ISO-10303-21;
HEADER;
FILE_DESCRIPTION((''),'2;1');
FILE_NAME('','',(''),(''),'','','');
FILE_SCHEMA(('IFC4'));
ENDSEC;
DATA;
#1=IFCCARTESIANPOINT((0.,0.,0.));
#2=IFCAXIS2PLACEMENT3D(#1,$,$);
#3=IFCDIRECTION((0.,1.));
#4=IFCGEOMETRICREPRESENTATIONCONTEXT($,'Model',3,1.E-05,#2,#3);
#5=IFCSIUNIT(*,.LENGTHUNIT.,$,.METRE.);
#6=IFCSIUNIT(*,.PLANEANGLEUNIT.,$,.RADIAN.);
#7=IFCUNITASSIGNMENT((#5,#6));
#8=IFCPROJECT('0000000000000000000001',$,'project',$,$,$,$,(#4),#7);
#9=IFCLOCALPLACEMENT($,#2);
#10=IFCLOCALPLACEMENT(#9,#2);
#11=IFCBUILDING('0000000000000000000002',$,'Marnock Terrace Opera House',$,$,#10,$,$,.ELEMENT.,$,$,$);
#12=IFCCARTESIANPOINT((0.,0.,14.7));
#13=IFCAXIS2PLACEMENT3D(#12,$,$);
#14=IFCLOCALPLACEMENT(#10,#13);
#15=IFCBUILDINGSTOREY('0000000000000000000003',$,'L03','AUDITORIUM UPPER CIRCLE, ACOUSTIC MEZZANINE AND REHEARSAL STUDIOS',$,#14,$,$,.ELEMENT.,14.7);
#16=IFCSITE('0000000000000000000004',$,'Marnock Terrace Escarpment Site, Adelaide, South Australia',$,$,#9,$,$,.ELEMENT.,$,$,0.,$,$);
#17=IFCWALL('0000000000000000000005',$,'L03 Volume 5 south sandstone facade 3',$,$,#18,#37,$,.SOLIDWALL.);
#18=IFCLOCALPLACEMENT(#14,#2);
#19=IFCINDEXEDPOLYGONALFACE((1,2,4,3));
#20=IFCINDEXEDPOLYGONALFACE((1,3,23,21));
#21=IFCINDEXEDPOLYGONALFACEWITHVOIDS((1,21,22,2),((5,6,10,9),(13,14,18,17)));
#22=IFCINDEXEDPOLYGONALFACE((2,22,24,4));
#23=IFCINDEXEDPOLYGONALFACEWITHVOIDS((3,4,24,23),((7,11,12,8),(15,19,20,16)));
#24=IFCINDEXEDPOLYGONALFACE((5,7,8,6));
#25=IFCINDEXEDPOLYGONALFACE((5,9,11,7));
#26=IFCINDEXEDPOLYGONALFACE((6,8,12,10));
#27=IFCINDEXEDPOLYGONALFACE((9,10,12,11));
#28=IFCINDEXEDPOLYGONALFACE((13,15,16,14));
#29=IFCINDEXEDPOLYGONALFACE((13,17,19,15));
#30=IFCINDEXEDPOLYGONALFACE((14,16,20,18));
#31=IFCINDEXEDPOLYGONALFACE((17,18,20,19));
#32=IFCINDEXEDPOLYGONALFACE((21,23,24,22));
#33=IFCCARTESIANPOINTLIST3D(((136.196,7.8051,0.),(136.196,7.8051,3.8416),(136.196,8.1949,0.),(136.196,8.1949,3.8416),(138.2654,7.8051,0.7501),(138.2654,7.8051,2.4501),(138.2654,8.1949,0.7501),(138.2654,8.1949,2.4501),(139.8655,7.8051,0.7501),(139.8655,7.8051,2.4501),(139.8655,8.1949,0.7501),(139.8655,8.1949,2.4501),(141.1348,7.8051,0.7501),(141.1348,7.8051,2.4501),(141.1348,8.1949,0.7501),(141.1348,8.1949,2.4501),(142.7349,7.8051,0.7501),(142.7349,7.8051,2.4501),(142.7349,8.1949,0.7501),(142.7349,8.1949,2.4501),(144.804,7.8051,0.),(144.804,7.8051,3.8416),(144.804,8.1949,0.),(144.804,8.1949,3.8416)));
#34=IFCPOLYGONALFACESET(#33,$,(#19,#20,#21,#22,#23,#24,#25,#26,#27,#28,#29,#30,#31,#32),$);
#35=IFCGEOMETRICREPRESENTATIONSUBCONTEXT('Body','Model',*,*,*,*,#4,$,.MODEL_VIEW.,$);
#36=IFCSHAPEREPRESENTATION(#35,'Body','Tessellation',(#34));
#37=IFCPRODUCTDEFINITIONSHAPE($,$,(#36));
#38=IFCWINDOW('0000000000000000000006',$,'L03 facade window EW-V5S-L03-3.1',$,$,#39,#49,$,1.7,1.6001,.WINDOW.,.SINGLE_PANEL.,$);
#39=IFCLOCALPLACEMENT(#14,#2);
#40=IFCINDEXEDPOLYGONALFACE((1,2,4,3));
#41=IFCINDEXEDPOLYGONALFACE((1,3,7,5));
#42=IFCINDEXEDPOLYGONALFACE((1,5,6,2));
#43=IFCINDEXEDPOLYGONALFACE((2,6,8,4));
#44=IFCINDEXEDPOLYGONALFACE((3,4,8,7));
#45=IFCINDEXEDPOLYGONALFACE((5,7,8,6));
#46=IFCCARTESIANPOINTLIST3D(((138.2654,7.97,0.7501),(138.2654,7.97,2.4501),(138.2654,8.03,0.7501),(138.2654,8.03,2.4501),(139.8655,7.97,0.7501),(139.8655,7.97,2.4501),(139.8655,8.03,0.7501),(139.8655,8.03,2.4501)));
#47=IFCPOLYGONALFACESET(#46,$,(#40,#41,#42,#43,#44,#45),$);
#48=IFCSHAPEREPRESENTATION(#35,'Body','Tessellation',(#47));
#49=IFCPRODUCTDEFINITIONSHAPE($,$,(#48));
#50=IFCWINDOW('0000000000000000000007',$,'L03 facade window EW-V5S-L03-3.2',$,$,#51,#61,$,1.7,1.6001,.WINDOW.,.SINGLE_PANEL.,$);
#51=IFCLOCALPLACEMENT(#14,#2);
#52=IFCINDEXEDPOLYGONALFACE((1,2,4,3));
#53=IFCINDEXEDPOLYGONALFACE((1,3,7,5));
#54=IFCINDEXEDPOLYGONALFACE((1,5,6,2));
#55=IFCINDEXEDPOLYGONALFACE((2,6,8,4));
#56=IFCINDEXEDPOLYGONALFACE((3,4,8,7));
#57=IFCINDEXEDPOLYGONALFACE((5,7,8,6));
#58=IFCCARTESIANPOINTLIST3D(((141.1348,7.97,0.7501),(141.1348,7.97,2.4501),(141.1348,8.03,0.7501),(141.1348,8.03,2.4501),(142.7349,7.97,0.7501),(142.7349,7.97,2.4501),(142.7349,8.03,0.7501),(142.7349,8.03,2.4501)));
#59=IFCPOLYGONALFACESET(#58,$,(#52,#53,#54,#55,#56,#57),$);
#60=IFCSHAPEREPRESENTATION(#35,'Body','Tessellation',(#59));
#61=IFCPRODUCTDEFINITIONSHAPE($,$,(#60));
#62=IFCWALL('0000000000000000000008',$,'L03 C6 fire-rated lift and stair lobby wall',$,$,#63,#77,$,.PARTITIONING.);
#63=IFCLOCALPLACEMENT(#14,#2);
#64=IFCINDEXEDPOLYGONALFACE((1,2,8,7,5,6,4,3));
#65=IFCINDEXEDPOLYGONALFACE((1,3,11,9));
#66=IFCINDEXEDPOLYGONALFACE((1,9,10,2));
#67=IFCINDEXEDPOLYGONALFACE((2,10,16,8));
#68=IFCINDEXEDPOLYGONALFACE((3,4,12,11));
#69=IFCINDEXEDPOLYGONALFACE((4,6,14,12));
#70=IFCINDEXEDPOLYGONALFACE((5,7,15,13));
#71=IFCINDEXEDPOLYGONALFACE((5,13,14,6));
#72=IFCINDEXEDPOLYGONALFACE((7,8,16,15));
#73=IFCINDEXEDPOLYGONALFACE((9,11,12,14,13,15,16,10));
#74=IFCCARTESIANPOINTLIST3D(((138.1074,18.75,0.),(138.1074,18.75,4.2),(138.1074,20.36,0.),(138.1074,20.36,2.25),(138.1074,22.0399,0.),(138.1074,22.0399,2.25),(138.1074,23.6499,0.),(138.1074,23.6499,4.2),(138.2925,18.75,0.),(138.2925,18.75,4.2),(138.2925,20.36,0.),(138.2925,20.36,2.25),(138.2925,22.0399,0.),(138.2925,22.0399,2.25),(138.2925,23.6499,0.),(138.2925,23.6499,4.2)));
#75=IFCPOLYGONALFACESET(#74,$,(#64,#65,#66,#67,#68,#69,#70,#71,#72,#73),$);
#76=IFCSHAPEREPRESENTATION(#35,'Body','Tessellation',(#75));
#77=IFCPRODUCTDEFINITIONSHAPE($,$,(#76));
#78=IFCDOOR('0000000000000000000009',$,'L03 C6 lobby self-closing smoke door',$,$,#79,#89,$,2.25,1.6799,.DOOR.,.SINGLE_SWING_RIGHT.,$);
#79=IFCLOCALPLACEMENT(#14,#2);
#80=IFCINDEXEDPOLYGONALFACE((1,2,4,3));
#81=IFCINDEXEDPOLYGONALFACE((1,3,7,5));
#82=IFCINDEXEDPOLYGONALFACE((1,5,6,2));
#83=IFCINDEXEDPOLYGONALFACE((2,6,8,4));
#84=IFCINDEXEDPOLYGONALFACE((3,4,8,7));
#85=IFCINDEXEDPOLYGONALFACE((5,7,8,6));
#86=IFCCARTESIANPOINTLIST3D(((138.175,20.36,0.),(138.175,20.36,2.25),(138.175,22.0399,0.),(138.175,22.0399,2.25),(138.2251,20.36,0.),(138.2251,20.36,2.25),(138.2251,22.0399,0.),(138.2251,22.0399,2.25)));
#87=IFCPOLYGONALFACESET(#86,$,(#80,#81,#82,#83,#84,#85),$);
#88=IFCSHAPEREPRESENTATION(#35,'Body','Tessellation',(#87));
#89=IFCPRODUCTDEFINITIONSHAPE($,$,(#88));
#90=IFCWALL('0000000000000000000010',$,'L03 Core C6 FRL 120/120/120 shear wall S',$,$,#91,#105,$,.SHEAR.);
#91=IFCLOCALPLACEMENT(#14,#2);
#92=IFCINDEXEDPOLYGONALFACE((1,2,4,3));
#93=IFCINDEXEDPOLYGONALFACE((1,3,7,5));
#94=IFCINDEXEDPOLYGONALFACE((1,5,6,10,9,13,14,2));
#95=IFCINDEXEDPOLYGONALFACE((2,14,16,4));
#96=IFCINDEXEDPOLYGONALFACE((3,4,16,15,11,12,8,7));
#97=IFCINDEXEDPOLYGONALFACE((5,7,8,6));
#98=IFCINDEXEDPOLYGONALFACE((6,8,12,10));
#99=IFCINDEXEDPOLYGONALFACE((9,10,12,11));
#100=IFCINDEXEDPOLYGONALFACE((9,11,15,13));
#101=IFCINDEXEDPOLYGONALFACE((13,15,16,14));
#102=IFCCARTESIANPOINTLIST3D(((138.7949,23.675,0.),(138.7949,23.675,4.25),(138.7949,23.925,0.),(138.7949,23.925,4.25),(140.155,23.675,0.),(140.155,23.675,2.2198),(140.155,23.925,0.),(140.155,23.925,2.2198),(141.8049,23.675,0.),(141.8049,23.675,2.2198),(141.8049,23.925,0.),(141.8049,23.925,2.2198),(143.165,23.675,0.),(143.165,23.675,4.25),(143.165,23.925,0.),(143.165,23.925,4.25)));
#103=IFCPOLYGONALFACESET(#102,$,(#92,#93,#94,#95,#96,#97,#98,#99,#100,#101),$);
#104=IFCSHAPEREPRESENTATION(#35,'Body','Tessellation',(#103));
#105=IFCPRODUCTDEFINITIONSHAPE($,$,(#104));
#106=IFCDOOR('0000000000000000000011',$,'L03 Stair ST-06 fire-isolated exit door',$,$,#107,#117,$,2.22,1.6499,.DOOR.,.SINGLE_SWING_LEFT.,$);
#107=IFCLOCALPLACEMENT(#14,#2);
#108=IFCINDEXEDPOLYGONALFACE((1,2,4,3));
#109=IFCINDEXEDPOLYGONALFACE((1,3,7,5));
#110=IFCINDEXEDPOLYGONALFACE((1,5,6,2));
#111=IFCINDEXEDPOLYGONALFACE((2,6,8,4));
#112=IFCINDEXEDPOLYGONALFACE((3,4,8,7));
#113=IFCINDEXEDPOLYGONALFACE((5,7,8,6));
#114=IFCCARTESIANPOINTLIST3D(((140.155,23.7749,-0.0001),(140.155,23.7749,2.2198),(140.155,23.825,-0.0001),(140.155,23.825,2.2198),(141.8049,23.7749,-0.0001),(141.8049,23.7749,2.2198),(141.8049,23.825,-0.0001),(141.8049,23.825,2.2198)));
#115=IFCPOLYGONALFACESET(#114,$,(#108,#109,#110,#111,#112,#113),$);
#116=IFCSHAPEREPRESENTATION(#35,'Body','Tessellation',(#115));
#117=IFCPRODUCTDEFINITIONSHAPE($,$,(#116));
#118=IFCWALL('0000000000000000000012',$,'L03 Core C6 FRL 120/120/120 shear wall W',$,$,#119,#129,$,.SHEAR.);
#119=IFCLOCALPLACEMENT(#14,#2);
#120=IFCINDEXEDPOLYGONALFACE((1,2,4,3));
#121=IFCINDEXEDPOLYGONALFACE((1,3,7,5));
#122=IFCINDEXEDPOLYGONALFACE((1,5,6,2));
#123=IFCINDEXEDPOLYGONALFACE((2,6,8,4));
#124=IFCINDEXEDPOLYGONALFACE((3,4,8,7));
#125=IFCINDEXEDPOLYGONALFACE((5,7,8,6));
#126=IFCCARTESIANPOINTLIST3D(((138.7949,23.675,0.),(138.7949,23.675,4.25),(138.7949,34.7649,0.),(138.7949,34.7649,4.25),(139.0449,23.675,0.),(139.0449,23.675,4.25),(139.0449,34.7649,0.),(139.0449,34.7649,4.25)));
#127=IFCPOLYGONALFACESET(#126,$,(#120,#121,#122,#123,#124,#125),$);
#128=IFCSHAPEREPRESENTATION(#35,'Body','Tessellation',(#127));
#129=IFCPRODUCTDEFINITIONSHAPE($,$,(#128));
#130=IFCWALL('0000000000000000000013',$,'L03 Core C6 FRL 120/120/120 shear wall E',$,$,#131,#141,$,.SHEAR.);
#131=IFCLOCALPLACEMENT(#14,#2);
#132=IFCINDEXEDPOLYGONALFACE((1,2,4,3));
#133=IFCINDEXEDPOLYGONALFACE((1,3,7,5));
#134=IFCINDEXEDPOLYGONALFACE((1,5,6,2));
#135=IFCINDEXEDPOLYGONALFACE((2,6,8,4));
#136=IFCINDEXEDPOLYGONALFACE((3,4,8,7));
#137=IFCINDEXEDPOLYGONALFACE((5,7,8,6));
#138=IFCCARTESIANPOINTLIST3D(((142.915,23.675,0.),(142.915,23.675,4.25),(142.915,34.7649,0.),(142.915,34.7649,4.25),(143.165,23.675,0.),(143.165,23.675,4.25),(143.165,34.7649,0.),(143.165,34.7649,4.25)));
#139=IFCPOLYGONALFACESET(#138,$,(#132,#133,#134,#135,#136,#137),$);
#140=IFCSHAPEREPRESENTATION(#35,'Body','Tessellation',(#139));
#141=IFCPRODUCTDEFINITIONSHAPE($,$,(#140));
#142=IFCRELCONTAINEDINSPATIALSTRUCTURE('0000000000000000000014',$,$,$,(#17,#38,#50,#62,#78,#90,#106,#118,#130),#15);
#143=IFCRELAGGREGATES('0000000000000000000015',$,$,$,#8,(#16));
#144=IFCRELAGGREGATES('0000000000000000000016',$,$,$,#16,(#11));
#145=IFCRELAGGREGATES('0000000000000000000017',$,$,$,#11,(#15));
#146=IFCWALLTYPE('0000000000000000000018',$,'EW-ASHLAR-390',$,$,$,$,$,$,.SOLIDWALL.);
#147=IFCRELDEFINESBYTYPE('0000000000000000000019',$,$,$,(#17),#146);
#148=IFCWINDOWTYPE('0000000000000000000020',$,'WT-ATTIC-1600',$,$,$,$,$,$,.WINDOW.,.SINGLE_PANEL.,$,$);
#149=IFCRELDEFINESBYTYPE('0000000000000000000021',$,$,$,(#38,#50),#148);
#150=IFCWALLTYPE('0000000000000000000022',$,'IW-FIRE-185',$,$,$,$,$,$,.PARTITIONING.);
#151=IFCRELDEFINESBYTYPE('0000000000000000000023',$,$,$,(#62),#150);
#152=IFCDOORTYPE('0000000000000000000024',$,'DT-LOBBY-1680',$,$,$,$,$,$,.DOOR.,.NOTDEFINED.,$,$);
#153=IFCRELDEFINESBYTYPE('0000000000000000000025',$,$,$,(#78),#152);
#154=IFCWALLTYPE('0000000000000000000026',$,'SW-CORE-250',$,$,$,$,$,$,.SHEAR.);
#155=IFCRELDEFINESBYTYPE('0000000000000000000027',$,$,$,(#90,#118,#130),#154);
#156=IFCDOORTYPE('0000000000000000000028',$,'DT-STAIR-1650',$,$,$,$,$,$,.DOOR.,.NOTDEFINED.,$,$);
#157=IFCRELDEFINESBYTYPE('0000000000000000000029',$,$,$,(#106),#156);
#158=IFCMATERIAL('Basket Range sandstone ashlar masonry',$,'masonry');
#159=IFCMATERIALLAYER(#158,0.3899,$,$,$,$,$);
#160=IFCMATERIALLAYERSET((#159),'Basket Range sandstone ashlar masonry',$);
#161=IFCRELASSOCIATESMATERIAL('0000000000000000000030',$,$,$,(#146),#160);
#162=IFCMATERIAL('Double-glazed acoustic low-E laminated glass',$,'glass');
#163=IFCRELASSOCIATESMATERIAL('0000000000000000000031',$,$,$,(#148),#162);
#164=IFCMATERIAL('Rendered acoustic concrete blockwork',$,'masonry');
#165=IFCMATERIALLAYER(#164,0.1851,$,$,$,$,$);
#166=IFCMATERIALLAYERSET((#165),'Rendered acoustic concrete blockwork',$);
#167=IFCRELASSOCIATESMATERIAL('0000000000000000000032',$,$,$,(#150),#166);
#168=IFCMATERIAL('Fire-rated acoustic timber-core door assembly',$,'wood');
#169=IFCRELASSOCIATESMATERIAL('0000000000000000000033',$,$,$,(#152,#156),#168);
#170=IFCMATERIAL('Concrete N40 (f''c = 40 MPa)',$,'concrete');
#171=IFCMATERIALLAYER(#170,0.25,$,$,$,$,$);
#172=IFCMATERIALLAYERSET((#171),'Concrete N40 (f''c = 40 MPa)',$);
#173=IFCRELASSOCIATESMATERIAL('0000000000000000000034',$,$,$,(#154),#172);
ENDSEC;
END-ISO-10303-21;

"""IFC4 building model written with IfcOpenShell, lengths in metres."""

from ifc_helpers import new_model, si_unit, direction, frame, frame_2d, origin, place, context, subcontext, project, spatial, rectangle, extrude, material, layer, layer_set, type_object, element, fill, save


model = new_model("IFC4")

# Units and contexts
model_context = context("Model", 3, precision=1e-05, world=origin(), true_north=direction((0.0, 1.0)))
body_context = subcontext(model_context, "Body", "Model", "MODEL_VIEW")
ifc_project = project(units=[si_unit("LENGTHUNIT", "METRE"), si_unit("PLANEANGLEUNIT", "RADIAN")], contexts=[model_context])

# Site, building, storey
site_placement = place(None, origin())
site = spatial("IfcSite", under=ifc_project, at=site_placement, Name="Marnock Terrace Escarpment Site, Adelaide, South Australia", CompositionType="ELEMENT", RefElevation=0.0)
building_placement = place(site_placement, origin())
building = spatial("IfcBuilding", under=site, at=building_placement, Name="Marnock Terrace Opera House", CompositionType="ELEMENT")
storey_placement = place(building_placement, frame((0.0, 0.0, 14.7)))
storey = spatial("IfcBuildingStorey", under=building, at=storey_placement, Name="L03", Description="AUDITORIUM UPPER CIRCLE, ACOUSTIC MEZZANINE AND REHEARSAL STUDIOS", CompositionType="ELEMENT", Elevation=14.7)

# Shared definitions
ifc_material_1 = material(Name="Concrete N40 (f'c = 40 MPa)", Category="concrete")

# Wall, openings, windows
ifc_material_2 = material(Name="Basket Range sandstone ashlar masonry", Category="masonry")
ifc_layer_1 = layer(ifc_material_2, 0.3899)
ifc_layer_set_1 = layer_set([ifc_layer_1], Name="Basket Range sandstone ashlar masonry")
wall_type_1 = type_object("IfcWallType", Name="EW-ASHLAR-390", PredefinedType="SOLIDWALL", material=ifc_layer_set_1)
wall_1_placement = place(storey_placement, frame((136.196, 8.0, 0.0), z_axis=(0.0, 0.0, 1.0), x_axis=(1.0, 0.0, 0.0)))
wall_1 = element("IfcWall", 1, at=wall_1_placement, inside=storey, type_object=wall_type_1, Name="L03 Volume 5 south sandstone facade 3", PredefinedType="SOLIDWALL", context=body_context, shape_type="SweptSolid", body=[
    extrude(rectangle(XDim=8.6079, YDim=0.3899, at=frame_2d((4.304, 0.0))), origin(), (0.0, 0.0, 1.0), 3.8416),
])
opening_1_placement = place(wall_1_placement, frame((2.0693, 0.0, 0.75)))
opening_1 = element("IfcOpeningElement", 2, at=opening_1_placement, cuts=wall_1, PredefinedType="OPENING", context=body_context, shape_type="SweptSolid", body=[
    extrude(rectangle(XDim=1.6001, YDim=1.7, at=frame_2d((0.8, 0.8501))), frame((0.0, 0.2048, 0.0), z_axis=(0.0, -1.0, 0.0), x_axis=(1.0, 0.0, 0.0)), (0.0, 0.0, 1.0), 0.4099),
])
opening_2_placement = place(wall_1_placement, frame((4.9387, 0.0, 0.75)))
opening_2 = element("IfcOpeningElement", 3, at=opening_2_placement, cuts=wall_1, PredefinedType="OPENING", context=body_context, shape_type="SweptSolid", body=[
    extrude(rectangle(XDim=1.6001, YDim=1.7, at=frame_2d((0.8, 0.8501))), frame((0.0, 0.2048, 0.0), z_axis=(0.0, -1.0, 0.0), x_axis=(1.0, 0.0, 0.0)), (0.0, 0.0, 1.0), 0.4099),
])
ifc_material_3 = material(Name="Double-glazed acoustic low-E laminated glass", Category="glass")
window_type = type_object("IfcWindowType", Name="WT-ATTIC-1600", PartitioningType="SINGLE_PANEL", PredefinedType="WINDOW", material=ifc_material_3)
window_1_placement = place(opening_1_placement, origin())
window_1 = element("IfcWindow", 4, at=window_1_placement, inside=storey, type_object=window_type, Name="L03 facade window EW-V5S-L03-3.1", OverallHeight=1.7, OverallWidth=1.6001, PartitioningType="SINGLE_PANEL", PredefinedType="WINDOW", context=body_context, shape_type="SweptSolid", body=[
    extrude(rectangle(XDim=1.6001, YDim=1.7, at=frame_2d((0.8, 0.8501))), frame((0.0, 0.03, 0.0), z_axis=(0.0, -1.0, 0.0), x_axis=(1.0, 0.0, 0.0)), (0.0, 0.0, 1.0), 0.0601),
])
fill(opening_1, window_1)
window_2_placement = place(opening_2_placement, origin())
window_2 = element("IfcWindow", 5, at=window_2_placement, inside=storey, type_object=window_type, Name="L03 facade window EW-V5S-L03-3.2", OverallHeight=1.7, OverallWidth=1.6001, PartitioningType="SINGLE_PANEL", PredefinedType="WINDOW", context=body_context, shape_type="SweptSolid", body=[
    extrude(rectangle(XDim=1.6001, YDim=1.7, at=frame_2d((0.8, 0.8501))), frame((0.0, 0.03, 0.0), z_axis=(0.0, -1.0, 0.0), x_axis=(1.0, 0.0, 0.0)), (0.0, 0.0, 1.0), 0.0601),
])
fill(opening_2, window_2)

# Walls, openings, doors
ifc_material_4 = material(Name="Rendered acoustic concrete blockwork", Category="masonry")
ifc_layer_2 = layer(ifc_material_4, 0.1851)
ifc_layer_set_2 = layer_set([ifc_layer_2], Name="Rendered acoustic concrete blockwork")
wall_type_2 = type_object("IfcWallType", Name="IW-FIRE-185", PredefinedType="PARTITIONING", material=ifc_layer_set_2)
wall_2_placement = place(storey_placement, frame((138.2, 18.75, 0.0), z_axis=(0.0, 0.0, 1.0), x_axis=(0.0, 1.0, 0.0)))
wall_2 = element("IfcWall", 6, at=wall_2_placement, inside=storey, type_object=wall_type_2, Name="L03 C6 fire-rated lift and stair lobby wall", PredefinedType="PARTITIONING", context=body_context, shape_type="SweptSolid", body=[
    extrude(rectangle(XDim=4.8999, YDim=0.1851, at=frame_2d((2.45, 0.0))), origin(), (0.0, 0.0, 1.0), 4.2),
])
opening_3_placement = place(wall_2_placement, frame((1.6101, 0.0, 0.0)))
opening_3 = element("IfcOpeningElement", 7, at=opening_3_placement, cuts=wall_2, PredefinedType="OPENING", context=body_context, shape_type="SweptSolid", body=[
    extrude(rectangle(XDim=1.6799, YDim=2.25, at=frame_2d((0.8398, 1.125))), frame((0.0, 0.1025, 0.0), z_axis=(0.0, -1.0, 0.0), x_axis=(1.0, 0.0, 0.0)), (0.0, 0.0, 1.0), 0.2051),
])
ifc_material_5 = material(Name="Fire-rated acoustic timber-core door assembly", Category="wood")
door_type_1 = type_object("IfcDoorType", Name="DT-LOBBY-1680", OperationType="NOTDEFINED", PredefinedType="DOOR", material=ifc_material_5)
door_1_placement = place(opening_3_placement, origin())
door_1 = element("IfcDoor", 8, at=door_1_placement, inside=storey, type_object=door_type_1, Name="L03 C6 lobby self-closing smoke door", OperationType="SINGLE_SWING_RIGHT", OverallHeight=2.25, OverallWidth=1.6799, PredefinedType="DOOR", context=body_context, shape_type="SweptSolid", body=[
    extrude(rectangle(XDim=1.6799, YDim=2.25, at=frame_2d((0.8398, 1.125))), frame((0.0, 0.0249, 0.0), z_axis=(0.0, -1.0, 0.0), x_axis=(1.0, 0.0, 0.0)), (0.0, 0.0, 1.0), 0.05),
])
fill(opening_3, door_1)
ifc_layer_3 = layer(ifc_material_1, 0.25)
ifc_layer_set_3 = layer_set([ifc_layer_3], Name="Concrete N40 (f'c = 40 MPa)")
wall_type_3 = type_object("IfcWallType", Name="SW-CORE-250", PredefinedType="SHEAR", material=ifc_layer_set_3)
wall_3_placement = place(storey_placement, frame((138.7949, 23.8, 0.0), z_axis=(0.0, 0.0, 1.0), x_axis=(1.0, 0.0, 0.0)))
wall_3 = element("IfcWall", 9, at=wall_3_placement, inside=storey, type_object=wall_type_3, Name="L03 Core C6 FRL 120/120/120 shear wall S", PredefinedType="SHEAR", context=body_context, shape_type="SweptSolid", body=[
    extrude(rectangle(XDim=4.3701, YDim=0.25, at=frame_2d((2.1851, 0.0))), origin(), (0.0, 0.0, 1.0), 4.25),
])
opening_4_placement = place(wall_3_placement, frame((1.3601, 0.0, 0.0)))
opening_4 = element("IfcOpeningElement", 10, at=opening_4_placement, cuts=wall_3, PredefinedType="OPENING", context=body_context, shape_type="SweptSolid", body=[
    extrude(rectangle(XDim=1.6499, YDim=2.22, at=frame_2d((0.825, 1.1099))), frame((0.0, 0.135, 0.0), z_axis=(0.0, -1.0, 0.0), x_axis=(1.0, 0.0, 0.0)), (0.0, 0.0, 1.0), 0.27),
])
door_type_2 = type_object("IfcDoorType", Name="DT-STAIR-1650", OperationType="NOTDEFINED", PredefinedType="DOOR", material=ifc_material_5)
door_2_placement = place(opening_4_placement, origin())
door_2 = element("IfcDoor", 11, at=door_2_placement, inside=storey, type_object=door_type_2, Name="L03 Stair ST-06 fire-isolated exit door", OperationType="SINGLE_SWING_LEFT", OverallHeight=2.22, OverallWidth=1.6499, PredefinedType="DOOR", context=body_context, shape_type="SweptSolid", body=[
    extrude(rectangle(XDim=1.6499, YDim=2.22, at=frame_2d((0.825, 1.1099))), frame((0.0, 0.0249, 0.0), z_axis=(0.0, -1.0, 0.0), x_axis=(1.0, 0.0, 0.0)), (0.0, 0.0, 1.0), 0.05),
])
fill(opening_4, door_2)

# Walls
for number, where, z_axis, x_axis, name in (
    (12, (138.9199, 23.675, 0.0), (0.0, 0.0, 1.0), (0.0, 1.0, 0.0), "L03 Core C6 FRL 120/120/120 shear wall W"),
    (13, (143.04, 23.675, 0.0), (0.0, 0.0, 1.0), (0.0, 1.0, 0.0), "L03 Core C6 FRL 120/120/120 shear wall E"),
):
    element("IfcWall", number, at=place(storey_placement, frame(where, z_axis=z_axis, x_axis=x_axis)), inside=storey, type_object=wall_type_3, Name=name, PredefinedType="SHEAR", context=body_context, shape_type="SweptSolid", body=[
        extrude(rectangle(XDim=11.0898, YDim=0.25, at=frame_2d((5.5449, 0.0))), origin(), (0.0, 0.0, 1.0), 4.25),
    ])

save(model, "model.ifc")
